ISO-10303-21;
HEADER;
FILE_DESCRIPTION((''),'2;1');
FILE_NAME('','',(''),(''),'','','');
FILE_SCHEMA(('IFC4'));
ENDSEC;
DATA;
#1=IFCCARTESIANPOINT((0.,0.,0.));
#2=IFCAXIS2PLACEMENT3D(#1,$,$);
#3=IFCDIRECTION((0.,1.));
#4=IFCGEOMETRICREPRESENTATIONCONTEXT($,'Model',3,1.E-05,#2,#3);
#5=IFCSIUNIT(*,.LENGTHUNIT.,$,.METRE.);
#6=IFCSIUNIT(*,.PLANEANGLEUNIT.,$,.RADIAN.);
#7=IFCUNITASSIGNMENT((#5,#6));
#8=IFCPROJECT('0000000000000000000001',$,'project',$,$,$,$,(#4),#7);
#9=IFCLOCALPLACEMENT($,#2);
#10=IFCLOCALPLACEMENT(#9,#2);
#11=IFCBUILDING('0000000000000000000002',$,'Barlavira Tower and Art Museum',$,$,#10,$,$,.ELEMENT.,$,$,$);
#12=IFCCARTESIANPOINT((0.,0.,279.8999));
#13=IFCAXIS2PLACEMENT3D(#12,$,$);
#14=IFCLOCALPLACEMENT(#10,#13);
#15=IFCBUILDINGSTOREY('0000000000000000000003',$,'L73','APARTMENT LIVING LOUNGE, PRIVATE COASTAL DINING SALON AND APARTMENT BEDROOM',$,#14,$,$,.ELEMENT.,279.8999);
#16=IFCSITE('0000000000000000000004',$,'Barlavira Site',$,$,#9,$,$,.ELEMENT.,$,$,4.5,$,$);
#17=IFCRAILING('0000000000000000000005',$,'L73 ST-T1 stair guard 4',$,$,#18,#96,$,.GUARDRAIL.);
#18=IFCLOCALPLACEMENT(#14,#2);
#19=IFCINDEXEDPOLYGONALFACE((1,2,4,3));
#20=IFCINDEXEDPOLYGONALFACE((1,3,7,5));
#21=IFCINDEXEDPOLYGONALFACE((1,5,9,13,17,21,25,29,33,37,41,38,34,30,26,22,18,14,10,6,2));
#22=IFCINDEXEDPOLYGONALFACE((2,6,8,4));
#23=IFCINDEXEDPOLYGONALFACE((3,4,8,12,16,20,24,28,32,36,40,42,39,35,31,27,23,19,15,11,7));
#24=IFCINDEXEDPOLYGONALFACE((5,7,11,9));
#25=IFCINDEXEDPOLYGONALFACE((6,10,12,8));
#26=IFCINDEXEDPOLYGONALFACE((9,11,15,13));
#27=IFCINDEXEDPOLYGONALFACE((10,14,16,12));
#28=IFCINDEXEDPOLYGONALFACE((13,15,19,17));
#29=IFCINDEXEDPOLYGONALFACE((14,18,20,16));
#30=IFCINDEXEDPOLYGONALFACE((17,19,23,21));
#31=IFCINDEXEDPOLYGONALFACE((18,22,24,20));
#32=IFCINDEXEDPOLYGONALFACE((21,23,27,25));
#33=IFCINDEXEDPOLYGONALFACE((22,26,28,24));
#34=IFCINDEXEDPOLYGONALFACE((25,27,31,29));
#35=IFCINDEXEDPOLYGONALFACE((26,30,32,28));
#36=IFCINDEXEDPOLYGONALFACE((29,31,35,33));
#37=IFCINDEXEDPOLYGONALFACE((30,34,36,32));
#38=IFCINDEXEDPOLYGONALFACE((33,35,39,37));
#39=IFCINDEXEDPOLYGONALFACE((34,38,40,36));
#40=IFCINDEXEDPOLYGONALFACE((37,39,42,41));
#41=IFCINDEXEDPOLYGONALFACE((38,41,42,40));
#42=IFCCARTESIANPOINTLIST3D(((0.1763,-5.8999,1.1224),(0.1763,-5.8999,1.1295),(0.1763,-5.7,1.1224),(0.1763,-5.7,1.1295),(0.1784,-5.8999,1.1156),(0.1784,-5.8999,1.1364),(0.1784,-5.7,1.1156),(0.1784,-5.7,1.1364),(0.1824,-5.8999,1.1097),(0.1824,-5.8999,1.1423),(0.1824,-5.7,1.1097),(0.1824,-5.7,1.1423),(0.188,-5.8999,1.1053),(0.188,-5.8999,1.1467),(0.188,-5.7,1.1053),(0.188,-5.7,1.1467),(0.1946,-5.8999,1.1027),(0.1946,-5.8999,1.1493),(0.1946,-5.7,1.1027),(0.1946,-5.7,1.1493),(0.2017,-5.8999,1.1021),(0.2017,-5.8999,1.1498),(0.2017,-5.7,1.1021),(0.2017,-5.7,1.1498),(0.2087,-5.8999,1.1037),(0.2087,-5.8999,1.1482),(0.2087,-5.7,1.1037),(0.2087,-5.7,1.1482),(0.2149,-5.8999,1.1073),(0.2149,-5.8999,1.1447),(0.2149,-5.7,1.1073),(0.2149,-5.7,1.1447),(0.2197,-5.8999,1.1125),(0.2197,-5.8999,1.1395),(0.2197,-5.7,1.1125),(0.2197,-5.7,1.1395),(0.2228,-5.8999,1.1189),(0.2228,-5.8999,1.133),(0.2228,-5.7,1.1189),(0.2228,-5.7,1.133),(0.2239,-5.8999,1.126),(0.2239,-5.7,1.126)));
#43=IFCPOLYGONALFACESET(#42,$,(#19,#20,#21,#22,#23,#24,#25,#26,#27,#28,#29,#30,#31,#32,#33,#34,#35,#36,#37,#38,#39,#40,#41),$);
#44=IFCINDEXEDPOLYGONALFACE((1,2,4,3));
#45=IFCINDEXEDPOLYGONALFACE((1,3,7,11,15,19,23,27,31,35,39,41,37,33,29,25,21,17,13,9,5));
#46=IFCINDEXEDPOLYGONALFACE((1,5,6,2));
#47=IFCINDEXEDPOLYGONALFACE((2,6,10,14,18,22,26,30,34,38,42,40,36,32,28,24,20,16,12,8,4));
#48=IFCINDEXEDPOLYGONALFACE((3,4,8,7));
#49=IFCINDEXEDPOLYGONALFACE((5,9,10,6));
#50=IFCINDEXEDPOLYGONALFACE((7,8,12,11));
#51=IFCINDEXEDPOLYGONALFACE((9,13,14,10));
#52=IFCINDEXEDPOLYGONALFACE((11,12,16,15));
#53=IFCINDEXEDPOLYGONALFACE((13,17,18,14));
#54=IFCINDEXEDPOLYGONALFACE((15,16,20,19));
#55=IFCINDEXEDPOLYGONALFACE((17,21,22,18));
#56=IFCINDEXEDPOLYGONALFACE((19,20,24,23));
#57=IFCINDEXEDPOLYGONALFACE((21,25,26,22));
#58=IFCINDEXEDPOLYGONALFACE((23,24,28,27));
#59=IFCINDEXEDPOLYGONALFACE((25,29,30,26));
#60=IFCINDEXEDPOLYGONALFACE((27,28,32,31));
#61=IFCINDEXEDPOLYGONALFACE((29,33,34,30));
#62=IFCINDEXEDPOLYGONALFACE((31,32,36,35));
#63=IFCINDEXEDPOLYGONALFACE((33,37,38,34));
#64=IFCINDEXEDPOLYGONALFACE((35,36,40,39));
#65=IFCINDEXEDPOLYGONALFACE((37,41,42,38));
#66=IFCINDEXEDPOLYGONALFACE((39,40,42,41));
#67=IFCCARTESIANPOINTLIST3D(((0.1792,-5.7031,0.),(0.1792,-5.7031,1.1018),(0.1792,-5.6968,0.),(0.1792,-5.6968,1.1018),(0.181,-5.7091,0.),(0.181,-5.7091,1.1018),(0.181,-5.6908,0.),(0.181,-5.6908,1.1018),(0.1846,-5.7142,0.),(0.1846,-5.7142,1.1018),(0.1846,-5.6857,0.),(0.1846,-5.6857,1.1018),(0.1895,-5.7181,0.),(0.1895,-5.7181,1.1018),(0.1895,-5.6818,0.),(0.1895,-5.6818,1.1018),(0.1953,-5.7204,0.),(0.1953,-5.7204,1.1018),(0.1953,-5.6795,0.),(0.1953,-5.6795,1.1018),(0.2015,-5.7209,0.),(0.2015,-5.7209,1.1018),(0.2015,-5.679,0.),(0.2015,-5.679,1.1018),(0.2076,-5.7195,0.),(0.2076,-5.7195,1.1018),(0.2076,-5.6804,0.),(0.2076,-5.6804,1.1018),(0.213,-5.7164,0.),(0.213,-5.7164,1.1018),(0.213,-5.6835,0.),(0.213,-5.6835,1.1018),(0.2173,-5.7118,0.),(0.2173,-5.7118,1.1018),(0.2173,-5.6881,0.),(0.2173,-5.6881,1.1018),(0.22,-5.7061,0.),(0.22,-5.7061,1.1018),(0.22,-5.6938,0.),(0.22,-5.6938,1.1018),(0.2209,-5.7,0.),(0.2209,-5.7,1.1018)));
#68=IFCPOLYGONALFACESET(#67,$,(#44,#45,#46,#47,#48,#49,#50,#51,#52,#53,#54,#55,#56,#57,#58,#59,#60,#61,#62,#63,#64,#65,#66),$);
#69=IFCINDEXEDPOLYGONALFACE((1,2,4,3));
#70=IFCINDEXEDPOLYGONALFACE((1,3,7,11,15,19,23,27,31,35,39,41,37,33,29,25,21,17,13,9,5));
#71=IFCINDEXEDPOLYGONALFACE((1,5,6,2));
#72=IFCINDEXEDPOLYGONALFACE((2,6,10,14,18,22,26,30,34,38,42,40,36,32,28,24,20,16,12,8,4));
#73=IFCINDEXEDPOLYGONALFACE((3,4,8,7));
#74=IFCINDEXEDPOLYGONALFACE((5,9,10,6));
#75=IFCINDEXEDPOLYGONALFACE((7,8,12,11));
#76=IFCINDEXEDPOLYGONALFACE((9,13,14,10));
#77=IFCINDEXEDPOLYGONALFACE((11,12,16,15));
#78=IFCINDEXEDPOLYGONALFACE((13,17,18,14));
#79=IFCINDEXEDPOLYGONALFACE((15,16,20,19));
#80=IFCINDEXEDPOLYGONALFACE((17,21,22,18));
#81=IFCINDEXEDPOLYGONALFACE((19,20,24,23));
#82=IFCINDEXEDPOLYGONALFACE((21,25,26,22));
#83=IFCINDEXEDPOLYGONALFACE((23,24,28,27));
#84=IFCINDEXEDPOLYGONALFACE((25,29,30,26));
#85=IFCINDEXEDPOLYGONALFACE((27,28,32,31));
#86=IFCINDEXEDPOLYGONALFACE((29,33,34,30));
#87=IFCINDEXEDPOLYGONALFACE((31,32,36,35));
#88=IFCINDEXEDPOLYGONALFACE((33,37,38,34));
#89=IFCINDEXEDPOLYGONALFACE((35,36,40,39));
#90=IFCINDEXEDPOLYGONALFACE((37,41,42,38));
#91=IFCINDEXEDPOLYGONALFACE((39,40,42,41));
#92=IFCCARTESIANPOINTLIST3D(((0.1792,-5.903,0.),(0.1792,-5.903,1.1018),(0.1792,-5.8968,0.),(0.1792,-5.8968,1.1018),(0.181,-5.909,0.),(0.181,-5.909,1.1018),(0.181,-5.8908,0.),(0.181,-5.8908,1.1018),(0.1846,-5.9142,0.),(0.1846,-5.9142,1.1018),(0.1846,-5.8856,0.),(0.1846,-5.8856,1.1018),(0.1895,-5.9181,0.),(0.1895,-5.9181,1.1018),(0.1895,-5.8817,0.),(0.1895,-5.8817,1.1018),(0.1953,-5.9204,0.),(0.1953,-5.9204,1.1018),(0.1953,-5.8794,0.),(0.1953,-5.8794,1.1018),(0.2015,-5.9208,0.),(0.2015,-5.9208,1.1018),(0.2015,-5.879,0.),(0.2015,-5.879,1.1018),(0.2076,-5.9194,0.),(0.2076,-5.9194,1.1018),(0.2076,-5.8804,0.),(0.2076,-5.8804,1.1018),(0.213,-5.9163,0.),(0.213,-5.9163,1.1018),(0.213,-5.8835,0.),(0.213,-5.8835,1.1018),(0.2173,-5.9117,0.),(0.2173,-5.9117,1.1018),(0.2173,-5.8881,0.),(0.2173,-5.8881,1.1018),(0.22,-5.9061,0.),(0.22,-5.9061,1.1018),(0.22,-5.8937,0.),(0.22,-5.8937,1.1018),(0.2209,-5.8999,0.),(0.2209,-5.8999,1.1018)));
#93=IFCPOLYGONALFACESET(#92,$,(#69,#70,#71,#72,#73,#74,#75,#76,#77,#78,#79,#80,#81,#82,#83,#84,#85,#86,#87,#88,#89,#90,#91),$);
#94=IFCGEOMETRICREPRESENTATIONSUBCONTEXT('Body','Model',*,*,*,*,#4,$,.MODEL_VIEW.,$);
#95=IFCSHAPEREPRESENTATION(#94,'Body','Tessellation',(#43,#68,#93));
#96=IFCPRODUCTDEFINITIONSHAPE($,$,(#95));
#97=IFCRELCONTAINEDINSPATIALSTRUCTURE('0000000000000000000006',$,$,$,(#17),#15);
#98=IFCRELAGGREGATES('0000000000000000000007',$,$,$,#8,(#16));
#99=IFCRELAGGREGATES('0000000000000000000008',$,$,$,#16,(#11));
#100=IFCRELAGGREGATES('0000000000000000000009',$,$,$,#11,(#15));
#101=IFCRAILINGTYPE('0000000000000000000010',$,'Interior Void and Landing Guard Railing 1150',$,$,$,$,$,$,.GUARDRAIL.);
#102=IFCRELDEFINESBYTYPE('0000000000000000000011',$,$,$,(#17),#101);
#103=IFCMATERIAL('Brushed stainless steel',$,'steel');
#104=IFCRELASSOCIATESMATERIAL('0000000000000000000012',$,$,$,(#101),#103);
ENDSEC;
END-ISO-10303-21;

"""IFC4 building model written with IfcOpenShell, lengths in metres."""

from ifc_helpers import new_model, si_unit, direction, frame, origin, origin_2d, place, context, subcontext, project, spatial, circle, extrude, material, type_object, element, save


model = new_model("IFC4")

# Units and contexts
model_context = context("Model", 3, precision=1e-05, world=origin(), true_north=direction((0.0, 1.0)))
body_context = subcontext(model_context, "Body", "Model", "MODEL_VIEW")
ifc_project = project(units=[si_unit("LENGTHUNIT", "METRE"), si_unit("PLANEANGLEUNIT", "RADIAN")], contexts=[model_context])

# Site, building, storey
site_placement = place(None, origin())
site = spatial("IfcSite", under=ifc_project, at=site_placement, Name="Barlavira Site", CompositionType="ELEMENT", RefElevation=4.5)
building_placement = place(site_placement, origin())
building = spatial("IfcBuilding", under=site, at=building_placement, Name="Barlavira Tower and Art Museum", CompositionType="ELEMENT")
storey_placement = place(building_placement, frame((0.0, 0.0, 279.8999)))
storey = spatial("IfcBuildingStorey", under=building, at=storey_placement, Name="L73", Description="APARTMENT LIVING LOUNGE, PRIVATE COASTAL DINING SALON AND APARTMENT BEDROOM", CompositionType="ELEMENT", Elevation=279.8999)

# Shared definitions
ifc_material_1 = material(Name="Brushed stainless steel", Category="steel")

# Railing
railing_type_1 = type_object("IfcRailingType", Name="Interior Void and Landing Guard Railing 1150", PredefinedType="GUARDRAIL", material=ifc_material_1)
railing_1_placement = place(storey_placement, frame((0.2, -5.7, 0.0)))
element("IfcRailing", 1, at=railing_1_placement, inside=storey, type_object=railing_type_1, Name="L73 ST-T1 stair guard 4", PredefinedType="GUARDRAIL", context=body_context, shape_type="SweptSolid", body=[
    extrude(circle(Radius=0.0239, at=origin_2d()), frame((0.0, 0.0, 1.126), z_axis=(0.0, -1.0, 0.0), x_axis=(1.0, 0.0, 0.0)), (0.0, 0.0, 1.0), 0.2),
    extrude(circle(Radius=0.021, at=origin_2d()), origin(), (0.0, 0.0, 1.0), 1.1018),
    extrude(circle(Radius=0.021, at=origin_2d()), frame((0.0, -0.2, 0.0)), (0.0, 0.0, 1.0), 1.1018),
])

save(model, "model.ifc")
